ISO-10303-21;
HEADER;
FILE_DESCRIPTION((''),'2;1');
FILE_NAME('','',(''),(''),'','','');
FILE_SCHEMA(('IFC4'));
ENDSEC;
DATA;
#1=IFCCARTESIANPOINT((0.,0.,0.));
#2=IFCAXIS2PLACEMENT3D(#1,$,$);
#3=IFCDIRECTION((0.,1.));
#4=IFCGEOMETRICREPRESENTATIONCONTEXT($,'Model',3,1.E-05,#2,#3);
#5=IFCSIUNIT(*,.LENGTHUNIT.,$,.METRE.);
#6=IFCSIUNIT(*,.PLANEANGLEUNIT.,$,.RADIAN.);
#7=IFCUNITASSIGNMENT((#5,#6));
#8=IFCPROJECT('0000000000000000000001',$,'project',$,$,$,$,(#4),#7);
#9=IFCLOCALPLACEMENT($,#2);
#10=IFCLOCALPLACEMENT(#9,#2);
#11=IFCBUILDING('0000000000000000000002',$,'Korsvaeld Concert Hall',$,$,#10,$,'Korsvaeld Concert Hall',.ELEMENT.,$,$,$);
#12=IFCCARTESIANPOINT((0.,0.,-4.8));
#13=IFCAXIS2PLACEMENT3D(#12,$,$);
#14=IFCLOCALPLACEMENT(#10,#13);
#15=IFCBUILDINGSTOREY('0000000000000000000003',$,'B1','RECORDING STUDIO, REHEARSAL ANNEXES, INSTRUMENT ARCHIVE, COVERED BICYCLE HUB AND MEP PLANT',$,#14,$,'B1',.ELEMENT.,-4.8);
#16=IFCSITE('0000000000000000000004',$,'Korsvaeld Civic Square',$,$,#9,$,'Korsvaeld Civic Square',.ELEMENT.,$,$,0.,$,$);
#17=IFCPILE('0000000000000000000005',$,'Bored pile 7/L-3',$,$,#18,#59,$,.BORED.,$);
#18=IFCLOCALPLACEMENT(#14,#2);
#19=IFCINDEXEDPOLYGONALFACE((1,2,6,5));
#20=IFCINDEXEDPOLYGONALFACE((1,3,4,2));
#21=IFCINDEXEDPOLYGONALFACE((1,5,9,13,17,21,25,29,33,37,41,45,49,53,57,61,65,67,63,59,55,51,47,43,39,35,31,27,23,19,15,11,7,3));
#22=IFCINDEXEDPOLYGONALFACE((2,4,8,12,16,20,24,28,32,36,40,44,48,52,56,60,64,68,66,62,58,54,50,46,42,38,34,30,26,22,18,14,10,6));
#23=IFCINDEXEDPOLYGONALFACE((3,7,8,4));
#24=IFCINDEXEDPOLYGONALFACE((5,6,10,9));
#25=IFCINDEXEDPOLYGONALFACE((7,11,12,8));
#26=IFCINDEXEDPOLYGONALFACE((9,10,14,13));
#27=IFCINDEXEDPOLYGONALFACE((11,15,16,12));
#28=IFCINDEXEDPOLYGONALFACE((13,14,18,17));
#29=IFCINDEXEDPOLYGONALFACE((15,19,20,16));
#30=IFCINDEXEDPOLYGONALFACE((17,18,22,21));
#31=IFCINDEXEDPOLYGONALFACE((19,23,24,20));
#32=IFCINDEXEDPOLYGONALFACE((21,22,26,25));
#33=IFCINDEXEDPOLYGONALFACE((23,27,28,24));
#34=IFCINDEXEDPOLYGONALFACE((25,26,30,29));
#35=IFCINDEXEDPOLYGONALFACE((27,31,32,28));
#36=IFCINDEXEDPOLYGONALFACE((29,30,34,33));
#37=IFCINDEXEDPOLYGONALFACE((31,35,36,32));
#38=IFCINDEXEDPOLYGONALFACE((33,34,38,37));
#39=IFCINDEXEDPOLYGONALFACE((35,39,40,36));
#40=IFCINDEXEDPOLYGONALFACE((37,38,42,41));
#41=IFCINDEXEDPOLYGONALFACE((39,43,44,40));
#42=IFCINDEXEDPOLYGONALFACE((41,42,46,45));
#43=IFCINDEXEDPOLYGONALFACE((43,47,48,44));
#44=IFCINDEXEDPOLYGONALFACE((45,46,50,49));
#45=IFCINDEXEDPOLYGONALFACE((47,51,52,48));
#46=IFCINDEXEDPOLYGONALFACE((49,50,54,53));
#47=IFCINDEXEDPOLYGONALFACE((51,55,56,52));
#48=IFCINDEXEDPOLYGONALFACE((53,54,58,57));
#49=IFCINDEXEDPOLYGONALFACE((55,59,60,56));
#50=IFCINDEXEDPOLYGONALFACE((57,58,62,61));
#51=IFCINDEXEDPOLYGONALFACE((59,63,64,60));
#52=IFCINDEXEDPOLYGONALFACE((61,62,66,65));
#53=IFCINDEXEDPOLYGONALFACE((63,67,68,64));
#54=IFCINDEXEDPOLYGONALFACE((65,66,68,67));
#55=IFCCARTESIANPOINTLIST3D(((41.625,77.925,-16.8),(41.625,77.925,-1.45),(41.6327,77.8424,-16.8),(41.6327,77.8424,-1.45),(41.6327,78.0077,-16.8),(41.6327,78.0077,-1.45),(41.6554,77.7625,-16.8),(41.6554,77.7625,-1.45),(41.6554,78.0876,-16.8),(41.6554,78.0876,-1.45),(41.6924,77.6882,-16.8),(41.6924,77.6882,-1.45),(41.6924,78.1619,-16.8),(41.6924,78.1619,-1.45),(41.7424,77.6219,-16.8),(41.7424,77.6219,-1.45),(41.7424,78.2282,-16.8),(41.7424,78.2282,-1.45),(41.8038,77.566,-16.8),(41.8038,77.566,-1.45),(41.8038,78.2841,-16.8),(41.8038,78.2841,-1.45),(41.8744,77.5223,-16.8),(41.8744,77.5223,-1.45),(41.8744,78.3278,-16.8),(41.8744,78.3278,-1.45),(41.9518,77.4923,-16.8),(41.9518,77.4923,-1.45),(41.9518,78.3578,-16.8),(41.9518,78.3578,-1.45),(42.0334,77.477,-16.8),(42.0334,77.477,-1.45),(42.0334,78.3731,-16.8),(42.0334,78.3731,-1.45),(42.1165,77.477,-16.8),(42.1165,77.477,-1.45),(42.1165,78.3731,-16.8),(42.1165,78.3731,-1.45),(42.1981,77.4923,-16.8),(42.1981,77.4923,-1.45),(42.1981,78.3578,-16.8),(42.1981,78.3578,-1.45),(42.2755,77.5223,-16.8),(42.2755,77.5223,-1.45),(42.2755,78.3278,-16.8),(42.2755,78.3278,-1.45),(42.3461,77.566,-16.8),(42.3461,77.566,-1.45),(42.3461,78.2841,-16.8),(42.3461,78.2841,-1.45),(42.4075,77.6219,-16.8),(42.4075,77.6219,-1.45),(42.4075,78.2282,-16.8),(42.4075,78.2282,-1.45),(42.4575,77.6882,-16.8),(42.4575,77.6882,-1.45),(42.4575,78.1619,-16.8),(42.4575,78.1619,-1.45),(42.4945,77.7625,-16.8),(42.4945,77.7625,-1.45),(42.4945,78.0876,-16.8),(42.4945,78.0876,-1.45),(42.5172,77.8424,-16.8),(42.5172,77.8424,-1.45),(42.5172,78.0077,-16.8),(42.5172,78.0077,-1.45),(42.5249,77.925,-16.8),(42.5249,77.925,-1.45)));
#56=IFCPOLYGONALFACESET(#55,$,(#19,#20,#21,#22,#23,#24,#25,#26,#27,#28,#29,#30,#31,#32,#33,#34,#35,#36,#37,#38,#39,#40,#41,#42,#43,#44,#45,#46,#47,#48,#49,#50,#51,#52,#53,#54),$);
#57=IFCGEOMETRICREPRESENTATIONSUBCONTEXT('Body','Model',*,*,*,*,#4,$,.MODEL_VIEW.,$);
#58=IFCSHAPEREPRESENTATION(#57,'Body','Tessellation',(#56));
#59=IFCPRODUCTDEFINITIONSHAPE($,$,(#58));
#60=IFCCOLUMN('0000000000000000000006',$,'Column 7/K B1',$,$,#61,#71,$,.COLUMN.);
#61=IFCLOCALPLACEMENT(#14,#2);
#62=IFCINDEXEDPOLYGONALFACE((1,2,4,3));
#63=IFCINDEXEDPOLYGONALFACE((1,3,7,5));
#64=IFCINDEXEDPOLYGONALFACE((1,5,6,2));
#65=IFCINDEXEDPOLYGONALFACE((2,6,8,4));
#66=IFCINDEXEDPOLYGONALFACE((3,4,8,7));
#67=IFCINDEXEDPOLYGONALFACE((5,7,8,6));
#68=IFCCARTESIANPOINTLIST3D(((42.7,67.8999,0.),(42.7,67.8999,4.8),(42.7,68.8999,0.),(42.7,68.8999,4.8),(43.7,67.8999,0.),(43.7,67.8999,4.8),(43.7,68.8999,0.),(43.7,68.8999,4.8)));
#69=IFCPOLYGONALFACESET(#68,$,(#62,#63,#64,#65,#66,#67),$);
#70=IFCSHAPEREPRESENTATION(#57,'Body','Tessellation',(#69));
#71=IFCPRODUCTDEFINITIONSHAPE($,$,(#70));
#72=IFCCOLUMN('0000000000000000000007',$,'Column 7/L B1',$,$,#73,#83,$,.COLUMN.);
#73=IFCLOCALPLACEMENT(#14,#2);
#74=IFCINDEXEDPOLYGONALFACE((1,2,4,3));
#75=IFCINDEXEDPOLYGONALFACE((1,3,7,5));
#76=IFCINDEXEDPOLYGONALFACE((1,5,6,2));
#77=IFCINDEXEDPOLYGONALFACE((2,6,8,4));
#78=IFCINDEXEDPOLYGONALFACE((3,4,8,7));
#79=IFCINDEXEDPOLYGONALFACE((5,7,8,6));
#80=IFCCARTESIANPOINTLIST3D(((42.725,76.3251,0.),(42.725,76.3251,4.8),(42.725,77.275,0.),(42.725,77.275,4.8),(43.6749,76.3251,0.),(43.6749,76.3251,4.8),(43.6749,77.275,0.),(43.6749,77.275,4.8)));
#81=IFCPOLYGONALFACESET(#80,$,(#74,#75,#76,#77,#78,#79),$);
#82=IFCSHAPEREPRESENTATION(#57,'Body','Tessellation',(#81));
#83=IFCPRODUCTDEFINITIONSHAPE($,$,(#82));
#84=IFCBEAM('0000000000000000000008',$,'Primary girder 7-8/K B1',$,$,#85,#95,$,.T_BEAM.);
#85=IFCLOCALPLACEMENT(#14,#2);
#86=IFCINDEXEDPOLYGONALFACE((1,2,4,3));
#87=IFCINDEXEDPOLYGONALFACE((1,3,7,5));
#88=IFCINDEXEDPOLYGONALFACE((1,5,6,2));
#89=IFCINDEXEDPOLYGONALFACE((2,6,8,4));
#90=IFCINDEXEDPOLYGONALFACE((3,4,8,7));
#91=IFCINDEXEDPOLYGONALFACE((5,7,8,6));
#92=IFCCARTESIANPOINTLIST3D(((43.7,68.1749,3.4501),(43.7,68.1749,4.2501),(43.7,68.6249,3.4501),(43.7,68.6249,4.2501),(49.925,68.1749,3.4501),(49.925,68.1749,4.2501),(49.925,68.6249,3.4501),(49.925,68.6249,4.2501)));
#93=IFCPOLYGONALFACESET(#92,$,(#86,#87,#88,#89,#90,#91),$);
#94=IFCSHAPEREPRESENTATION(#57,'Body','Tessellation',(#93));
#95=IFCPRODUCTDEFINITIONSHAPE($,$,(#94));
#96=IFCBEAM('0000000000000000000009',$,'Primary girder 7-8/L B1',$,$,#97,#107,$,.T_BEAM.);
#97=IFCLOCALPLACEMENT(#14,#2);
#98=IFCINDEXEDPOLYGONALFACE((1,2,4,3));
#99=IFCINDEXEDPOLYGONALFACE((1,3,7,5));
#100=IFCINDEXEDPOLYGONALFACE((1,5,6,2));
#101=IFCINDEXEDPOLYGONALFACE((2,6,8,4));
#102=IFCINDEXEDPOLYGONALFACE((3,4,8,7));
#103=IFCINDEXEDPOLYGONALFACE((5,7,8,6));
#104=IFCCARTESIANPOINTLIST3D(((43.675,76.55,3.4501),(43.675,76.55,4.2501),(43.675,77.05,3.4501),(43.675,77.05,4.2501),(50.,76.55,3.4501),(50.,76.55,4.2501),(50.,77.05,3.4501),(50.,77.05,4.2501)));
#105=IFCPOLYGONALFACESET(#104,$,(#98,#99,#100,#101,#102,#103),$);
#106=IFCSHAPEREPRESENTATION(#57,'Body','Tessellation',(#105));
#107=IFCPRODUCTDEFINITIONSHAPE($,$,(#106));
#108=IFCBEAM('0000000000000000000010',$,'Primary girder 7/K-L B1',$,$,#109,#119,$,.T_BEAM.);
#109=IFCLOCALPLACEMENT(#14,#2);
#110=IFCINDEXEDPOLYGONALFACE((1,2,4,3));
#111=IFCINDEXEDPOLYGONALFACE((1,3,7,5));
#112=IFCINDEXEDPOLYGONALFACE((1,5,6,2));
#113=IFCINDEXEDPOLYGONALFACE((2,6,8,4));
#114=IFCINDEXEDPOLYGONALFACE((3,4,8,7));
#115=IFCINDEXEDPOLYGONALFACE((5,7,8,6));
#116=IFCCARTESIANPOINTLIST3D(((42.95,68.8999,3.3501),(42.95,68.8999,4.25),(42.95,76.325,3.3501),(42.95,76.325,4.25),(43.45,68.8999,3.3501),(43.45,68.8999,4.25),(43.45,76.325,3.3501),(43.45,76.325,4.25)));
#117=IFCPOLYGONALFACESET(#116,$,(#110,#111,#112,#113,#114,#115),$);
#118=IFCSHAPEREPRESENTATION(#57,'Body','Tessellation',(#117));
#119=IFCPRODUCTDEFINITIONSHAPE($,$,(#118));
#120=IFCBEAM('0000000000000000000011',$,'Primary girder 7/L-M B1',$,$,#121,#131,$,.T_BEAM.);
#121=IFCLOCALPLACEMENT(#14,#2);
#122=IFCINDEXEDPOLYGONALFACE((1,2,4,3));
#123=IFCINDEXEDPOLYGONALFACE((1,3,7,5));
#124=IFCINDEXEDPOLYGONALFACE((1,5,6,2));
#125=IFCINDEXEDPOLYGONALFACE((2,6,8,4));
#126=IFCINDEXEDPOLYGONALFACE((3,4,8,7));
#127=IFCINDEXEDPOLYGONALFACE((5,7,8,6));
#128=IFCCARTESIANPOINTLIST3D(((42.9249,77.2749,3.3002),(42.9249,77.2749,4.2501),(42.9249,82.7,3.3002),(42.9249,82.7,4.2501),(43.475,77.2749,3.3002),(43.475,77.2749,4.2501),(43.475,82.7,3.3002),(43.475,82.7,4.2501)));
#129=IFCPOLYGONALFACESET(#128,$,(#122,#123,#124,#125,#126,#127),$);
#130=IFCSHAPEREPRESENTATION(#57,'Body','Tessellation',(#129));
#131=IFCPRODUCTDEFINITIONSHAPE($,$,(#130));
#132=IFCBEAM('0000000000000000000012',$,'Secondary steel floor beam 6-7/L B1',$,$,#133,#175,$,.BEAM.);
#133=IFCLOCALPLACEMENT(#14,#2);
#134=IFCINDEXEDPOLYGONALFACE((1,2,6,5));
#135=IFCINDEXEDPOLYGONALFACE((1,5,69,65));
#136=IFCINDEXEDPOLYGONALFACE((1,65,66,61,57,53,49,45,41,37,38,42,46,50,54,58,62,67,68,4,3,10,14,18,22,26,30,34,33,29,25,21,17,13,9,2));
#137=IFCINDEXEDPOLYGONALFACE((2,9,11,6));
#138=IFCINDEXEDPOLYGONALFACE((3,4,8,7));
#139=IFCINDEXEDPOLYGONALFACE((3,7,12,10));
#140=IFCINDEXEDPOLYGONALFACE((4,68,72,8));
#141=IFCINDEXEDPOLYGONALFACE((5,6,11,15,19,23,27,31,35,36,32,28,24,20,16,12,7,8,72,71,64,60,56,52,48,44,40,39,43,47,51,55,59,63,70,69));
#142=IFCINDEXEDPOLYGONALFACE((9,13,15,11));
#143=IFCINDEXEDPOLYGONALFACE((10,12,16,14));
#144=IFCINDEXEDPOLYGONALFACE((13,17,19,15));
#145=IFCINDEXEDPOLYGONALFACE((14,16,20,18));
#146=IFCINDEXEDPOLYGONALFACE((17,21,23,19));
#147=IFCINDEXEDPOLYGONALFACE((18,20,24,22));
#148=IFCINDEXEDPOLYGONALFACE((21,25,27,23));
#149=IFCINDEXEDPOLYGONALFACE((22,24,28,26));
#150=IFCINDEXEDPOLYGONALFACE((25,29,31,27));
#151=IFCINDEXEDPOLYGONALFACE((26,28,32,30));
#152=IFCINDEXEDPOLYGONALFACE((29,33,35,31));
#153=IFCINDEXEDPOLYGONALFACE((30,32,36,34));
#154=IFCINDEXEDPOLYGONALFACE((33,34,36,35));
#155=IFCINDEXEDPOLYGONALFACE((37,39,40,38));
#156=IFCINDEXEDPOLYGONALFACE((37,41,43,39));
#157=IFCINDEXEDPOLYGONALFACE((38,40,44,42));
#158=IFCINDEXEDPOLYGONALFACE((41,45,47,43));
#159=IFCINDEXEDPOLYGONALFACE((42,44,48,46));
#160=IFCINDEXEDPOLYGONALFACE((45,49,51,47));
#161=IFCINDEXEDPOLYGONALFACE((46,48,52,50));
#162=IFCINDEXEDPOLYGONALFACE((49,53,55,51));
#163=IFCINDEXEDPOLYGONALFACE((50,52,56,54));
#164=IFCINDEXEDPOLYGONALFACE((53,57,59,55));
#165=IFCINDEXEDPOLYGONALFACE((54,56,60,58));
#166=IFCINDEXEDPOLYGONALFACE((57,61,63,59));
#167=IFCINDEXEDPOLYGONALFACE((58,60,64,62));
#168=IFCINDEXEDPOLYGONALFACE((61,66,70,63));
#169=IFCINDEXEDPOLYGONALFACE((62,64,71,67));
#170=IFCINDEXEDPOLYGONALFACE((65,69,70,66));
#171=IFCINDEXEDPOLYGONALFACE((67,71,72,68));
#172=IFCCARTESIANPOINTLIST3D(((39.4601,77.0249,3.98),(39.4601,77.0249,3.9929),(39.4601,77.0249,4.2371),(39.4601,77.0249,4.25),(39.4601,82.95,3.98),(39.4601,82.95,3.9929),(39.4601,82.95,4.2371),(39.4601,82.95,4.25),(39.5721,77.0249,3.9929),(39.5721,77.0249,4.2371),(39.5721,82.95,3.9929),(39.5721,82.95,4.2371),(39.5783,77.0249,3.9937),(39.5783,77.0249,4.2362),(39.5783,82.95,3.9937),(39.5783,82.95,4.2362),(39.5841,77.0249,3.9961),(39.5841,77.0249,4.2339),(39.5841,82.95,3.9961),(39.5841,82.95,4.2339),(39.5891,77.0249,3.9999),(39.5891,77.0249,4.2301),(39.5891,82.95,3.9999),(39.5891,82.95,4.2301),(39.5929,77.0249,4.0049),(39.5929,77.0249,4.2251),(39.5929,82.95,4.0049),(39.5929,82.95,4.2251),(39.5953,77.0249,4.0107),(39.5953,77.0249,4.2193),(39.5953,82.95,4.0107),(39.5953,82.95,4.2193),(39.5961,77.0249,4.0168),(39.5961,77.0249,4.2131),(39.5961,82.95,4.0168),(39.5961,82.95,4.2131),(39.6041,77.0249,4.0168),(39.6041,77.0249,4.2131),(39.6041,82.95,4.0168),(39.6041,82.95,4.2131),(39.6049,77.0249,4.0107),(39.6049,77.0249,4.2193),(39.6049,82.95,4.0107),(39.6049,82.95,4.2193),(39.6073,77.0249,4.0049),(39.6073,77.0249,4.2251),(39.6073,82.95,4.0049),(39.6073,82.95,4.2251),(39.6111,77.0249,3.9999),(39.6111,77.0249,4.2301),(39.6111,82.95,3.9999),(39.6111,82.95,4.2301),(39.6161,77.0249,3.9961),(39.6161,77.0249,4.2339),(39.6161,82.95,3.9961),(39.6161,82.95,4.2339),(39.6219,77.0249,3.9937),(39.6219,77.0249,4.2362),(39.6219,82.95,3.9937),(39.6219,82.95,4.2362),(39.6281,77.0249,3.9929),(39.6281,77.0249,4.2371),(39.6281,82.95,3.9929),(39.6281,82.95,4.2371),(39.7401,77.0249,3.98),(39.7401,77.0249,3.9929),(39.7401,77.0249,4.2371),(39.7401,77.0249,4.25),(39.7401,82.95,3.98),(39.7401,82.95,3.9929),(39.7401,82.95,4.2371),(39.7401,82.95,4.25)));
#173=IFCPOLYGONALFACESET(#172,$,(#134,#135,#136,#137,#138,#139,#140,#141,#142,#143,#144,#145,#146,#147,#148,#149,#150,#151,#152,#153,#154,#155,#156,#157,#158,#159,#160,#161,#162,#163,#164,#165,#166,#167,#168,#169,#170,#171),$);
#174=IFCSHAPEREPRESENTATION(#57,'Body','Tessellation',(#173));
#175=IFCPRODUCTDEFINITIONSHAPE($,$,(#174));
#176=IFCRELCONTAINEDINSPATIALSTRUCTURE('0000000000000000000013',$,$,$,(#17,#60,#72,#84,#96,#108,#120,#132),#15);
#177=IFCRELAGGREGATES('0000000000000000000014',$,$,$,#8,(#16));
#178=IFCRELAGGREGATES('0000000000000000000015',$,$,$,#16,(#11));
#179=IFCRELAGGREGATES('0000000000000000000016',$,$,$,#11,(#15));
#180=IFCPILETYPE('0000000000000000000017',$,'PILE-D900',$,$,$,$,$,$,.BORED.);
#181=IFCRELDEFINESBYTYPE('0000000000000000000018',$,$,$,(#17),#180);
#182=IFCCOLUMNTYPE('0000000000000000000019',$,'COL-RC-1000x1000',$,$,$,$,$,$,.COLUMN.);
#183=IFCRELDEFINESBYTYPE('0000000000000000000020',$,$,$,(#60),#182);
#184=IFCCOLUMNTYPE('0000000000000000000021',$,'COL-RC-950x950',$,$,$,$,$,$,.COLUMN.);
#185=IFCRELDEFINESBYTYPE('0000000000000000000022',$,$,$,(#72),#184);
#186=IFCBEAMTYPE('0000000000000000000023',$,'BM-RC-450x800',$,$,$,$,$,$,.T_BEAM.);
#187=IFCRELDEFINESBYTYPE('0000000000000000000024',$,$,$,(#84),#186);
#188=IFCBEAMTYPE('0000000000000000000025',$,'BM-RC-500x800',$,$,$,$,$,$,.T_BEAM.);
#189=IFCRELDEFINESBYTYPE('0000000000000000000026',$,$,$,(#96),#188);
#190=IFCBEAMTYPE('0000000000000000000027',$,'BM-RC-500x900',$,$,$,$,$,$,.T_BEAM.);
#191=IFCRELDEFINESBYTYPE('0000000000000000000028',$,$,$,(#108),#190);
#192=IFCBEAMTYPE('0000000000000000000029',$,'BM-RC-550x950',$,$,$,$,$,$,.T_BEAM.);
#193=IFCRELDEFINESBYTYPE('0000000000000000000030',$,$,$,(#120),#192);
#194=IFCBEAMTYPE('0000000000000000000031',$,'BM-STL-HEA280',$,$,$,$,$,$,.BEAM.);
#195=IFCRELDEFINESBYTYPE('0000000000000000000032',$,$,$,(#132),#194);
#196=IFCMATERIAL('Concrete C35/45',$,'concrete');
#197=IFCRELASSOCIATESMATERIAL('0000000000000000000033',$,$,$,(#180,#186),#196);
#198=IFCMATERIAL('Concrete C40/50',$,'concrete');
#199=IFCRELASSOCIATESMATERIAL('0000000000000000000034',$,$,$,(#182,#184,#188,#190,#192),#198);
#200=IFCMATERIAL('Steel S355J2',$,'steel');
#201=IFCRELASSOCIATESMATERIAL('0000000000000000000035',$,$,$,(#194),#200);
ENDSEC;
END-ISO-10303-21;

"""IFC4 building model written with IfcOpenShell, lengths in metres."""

from ifc_helpers import new_model, si_unit, direction, frame, origin, origin_2d, place, context, subcontext, project, spatial, rectangle, circle, i_section, extrude, material, material_profile, profile_set, type_object, element, save


model = new_model("IFC4")

# Units and contexts
model_context = context("Model", 3, precision=1e-05, world=origin(), true_north=direction((0.0, 1.0)))
body_context = subcontext(model_context, "Body", "Model", "MODEL_VIEW")
ifc_project = project(units=[si_unit("LENGTHUNIT", "METRE"), si_unit("PLANEANGLEUNIT", "RADIAN")], contexts=[model_context])

# Site, building, storey
site_placement = place(None, origin())
site = spatial("IfcSite", under=ifc_project, at=site_placement, Name="Korsvaeld Civic Square", LongName="Korsvaeld Civic Square", CompositionType="ELEMENT", RefElevation=0.0)
building_placement = place(site_placement, origin())
building = spatial("IfcBuilding", under=site, at=building_placement, Name="Korsvaeld Concert Hall", LongName="Korsvaeld Concert Hall", CompositionType="ELEMENT")
storey_placement = place(building_placement, frame((0.0, 0.0, -4.8)))
storey = spatial("IfcBuildingStorey", under=building, at=storey_placement, Name="B1", Description="RECORDING STUDIO, REHEARSAL ANNEXES, INSTRUMENT ARCHIVE, COVERED BICYCLE HUB AND MEP PLANT", LongName="B1", CompositionType="ELEMENT", Elevation=-4.8)

# Shared definitions
ifc_material_1 = material(Name="Concrete C35/45", Category="concrete")

# Pile
ifc_material_profile_1 = material_profile(ifc_material_1, circle(Radius=0.45, at=origin_2d()), Name="BORED PILE D900")
ifc_profile_set_1 = profile_set([ifc_material_profile_1], Name="Concrete C35/45")
pile_type_1 = type_object("IfcPileType", Name="PILE-D900", PredefinedType="BORED", material=ifc_profile_set_1)
for number, where, z_axis, x_axis, name in (
    (1, (42.075, 77.925, -1.45), (0.0, 0.0, -1.0), (1.0, 0.0, 0.0), "Bored pile 7/L-3"),
):
    element("IfcPile", number, at=place(storey_placement, frame(where, z_axis=z_axis, x_axis=x_axis)), inside=storey, type_object=pile_type_1, Name=name, PredefinedType="BORED", context=body_context, shape_type="SweptSolid", body=[
        extrude(circle(Radius=0.45, at=origin_2d()), origin(), (0.0, 0.0, 1.0), 15.3501),
    ])

# Columns
ifc_material_2 = material(Name="Concrete C40/50", Category="concrete")
ifc_material_profile_2 = material_profile(ifc_material_2, rectangle(XDim=1.0, YDim=1.0, at=origin_2d()), Name="RC 1000x1000")
ifc_profile_set_2 = profile_set([ifc_material_profile_2], Name="Concrete C40/50")
column_type_1 = type_object("IfcColumnType", Name="COL-RC-1000x1000", PredefinedType="COLUMN", material=ifc_profile_set_2)
column_1_placement = place(storey_placement, frame((43.2, 68.3999, 0.0), z_axis=(0.0, 0.0, 1.0), x_axis=(1.0, 0.0, 0.0)))
element("IfcColumn", 2, at=column_1_placement, inside=storey, type_object=column_type_1, Name="Column 7/K B1", PredefinedType="COLUMN", context=body_context, shape_type="SweptSolid", body=[
    extrude(rectangle(XDim=1.0, YDim=1.0, at=origin_2d()), origin(), (0.0, 0.0, 1.0), 4.8),
])
ifc_material_profile_3 = material_profile(ifc_material_2, rectangle(XDim=0.95, YDim=0.95, at=origin_2d()), Name="RC 950x950")
ifc_profile_set_3 = profile_set([ifc_material_profile_3], Name="Concrete C40/50")
column_type_2 = type_object("IfcColumnType", Name="COL-RC-950x950", PredefinedType="COLUMN", material=ifc_profile_set_3)
column_2_placement = place(storey_placement, frame((43.2, 76.8, 0.0), z_axis=(0.0, 0.0, 1.0), x_axis=(1.0, 0.0, 0.0)))
element("IfcColumn", 3, at=column_2_placement, inside=storey, type_object=column_type_2, Name="Column 7/L B1", PredefinedType="COLUMN", context=body_context, shape_type="SweptSolid", body=[
    extrude(rectangle(XDim=0.95, YDim=0.95, at=origin_2d()), origin(), (0.0, 0.0, 1.0), 4.8),
])

# Beams
ifc_material_profile_4 = material_profile(ifc_material_1, rectangle(XDim=0.45, YDim=0.8, at=origin_2d()), Name="RC 450x800")
ifc_profile_set_4 = profile_set([ifc_material_profile_4], Name="Concrete C35/45")
beam_type_1 = type_object("IfcBeamType", Name="BM-RC-450x800", PredefinedType="T_BEAM", material=ifc_profile_set_4)
beam_1_placement = place(storey_placement, frame((43.7, 68.3999, 3.8501), z_axis=(1.0, 0.0, 0.0), x_axis=(0.0, 1.0, 0.0)))
element("IfcBeam", 4, at=beam_1_placement, inside=storey, type_object=beam_type_1, Name="Primary girder 7-8/K B1", PredefinedType="T_BEAM", context=body_context, shape_type="SweptSolid", body=[
    extrude(rectangle(XDim=0.45, YDim=0.8, at=origin_2d()), origin(), (0.0, 0.0, 1.0), 6.2251),
])
ifc_material_profile_5 = material_profile(ifc_material_2, rectangle(XDim=0.5, YDim=0.8, at=origin_2d()), Name="RC 500x800")
ifc_profile_set_5 = profile_set([ifc_material_profile_5], Name="Concrete C40/50")
beam_type_2 = type_object("IfcBeamType", Name="BM-RC-500x800", PredefinedType="T_BEAM", material=ifc_profile_set_5)
beam_2_placement = place(storey_placement, frame((43.675, 76.8, 3.8501), z_axis=(1.0, 0.0, 0.0), x_axis=(0.0, 1.0, 0.0)))
element("IfcBeam", 5, at=beam_2_placement, inside=storey, type_object=beam_type_2, Name="Primary girder 7-8/L B1", PredefinedType="T_BEAM", context=body_context, shape_type="SweptSolid", body=[
    extrude(rectangle(XDim=0.5, YDim=0.8, at=origin_2d()), origin(), (0.0, 0.0, 1.0), 6.325),
])
ifc_material_profile_6 = material_profile(ifc_material_2, rectangle(XDim=0.5, YDim=0.8999, at=origin_2d()), Name="RC 500x900")
ifc_profile_set_6 = profile_set([ifc_material_profile_6], Name="Concrete C40/50")
beam_type_3 = type_object("IfcBeamType", Name="BM-RC-500x900", PredefinedType="T_BEAM", material=ifc_profile_set_6)
beam_3_placement = place(storey_placement, frame((43.2, 68.8999, 3.8), z_axis=(0.0, 1.0, 0.0), x_axis=(-1.0, 0.0, 0.0)))
element("IfcBeam", 6, at=beam_3_placement, inside=storey, type_object=beam_type_3, Name="Primary girder 7/K-L B1", PredefinedType="T_BEAM", context=body_context, shape_type="SweptSolid", body=[
    extrude(rectangle(XDim=0.5, YDim=0.8999, at=origin_2d()), origin(), (0.0, 0.0, 1.0), 7.425),
])
ifc_material_profile_7 = material_profile(ifc_material_2, rectangle(XDim=0.55, YDim=0.95, at=origin_2d()), Name="RC 550x950")
ifc_profile_set_7 = profile_set([ifc_material_profile_7], Name="Concrete C40/50")
beam_type_4 = type_object("IfcBeamType", Name="BM-RC-550x950", PredefinedType="T_BEAM", material=ifc_profile_set_7)
beam_4_placement = place(storey_placement, frame((43.2, 77.2749, 3.7751), z_axis=(0.0, 1.0, 0.0), x_axis=(-1.0, 0.0, 0.0)))
element("IfcBeam", 7, at=beam_4_placement, inside=storey, type_object=beam_type_4, Name="Primary girder 7/L-M B1", PredefinedType="T_BEAM", context=body_context, shape_type="SweptSolid", body=[
    extrude(rectangle(XDim=0.55, YDim=0.95, at=origin_2d()), origin(), (0.0, 0.0, 1.0), 5.425),
])
ifc_material_3 = material(Name="Steel S355J2", Category="steel")
ifc_material_profile_8 = material_profile(ifc_material_3, i_section(OverallWidth=0.28, OverallDepth=0.27, WebThickness=0.0081, FlangeThickness=0.0129, FilletRadius=0.0239, at=origin_2d()), Name="HEA 280")
ifc_profile_set_8 = profile_set([ifc_material_profile_8], Name="Steel S355J2")
beam_type_5 = type_object("IfcBeamType", Name="BM-STL-HEA280", PredefinedType="BEAM", material=ifc_profile_set_8)
beam_5_placement = place(storey_placement, frame((39.6001, 77.0249, 4.115), z_axis=(0.0, 1.0, 0.0), x_axis=(-1.0, 0.0, 0.0)))
element("IfcBeam", 8, at=beam_5_placement, inside=storey, type_object=beam_type_5, Name="Secondary steel floor beam 6-7/L B1", PredefinedType="BEAM", context=body_context, shape_type="SweptSolid", body=[
    extrude(i_section(OverallWidth=0.28, OverallDepth=0.27, WebThickness=0.0081, FlangeThickness=0.0129, FilletRadius=0.0239, at=origin_2d()), origin(), (0.0, 0.0, 1.0), 5.925),
])

save(model, "model.ifc")
